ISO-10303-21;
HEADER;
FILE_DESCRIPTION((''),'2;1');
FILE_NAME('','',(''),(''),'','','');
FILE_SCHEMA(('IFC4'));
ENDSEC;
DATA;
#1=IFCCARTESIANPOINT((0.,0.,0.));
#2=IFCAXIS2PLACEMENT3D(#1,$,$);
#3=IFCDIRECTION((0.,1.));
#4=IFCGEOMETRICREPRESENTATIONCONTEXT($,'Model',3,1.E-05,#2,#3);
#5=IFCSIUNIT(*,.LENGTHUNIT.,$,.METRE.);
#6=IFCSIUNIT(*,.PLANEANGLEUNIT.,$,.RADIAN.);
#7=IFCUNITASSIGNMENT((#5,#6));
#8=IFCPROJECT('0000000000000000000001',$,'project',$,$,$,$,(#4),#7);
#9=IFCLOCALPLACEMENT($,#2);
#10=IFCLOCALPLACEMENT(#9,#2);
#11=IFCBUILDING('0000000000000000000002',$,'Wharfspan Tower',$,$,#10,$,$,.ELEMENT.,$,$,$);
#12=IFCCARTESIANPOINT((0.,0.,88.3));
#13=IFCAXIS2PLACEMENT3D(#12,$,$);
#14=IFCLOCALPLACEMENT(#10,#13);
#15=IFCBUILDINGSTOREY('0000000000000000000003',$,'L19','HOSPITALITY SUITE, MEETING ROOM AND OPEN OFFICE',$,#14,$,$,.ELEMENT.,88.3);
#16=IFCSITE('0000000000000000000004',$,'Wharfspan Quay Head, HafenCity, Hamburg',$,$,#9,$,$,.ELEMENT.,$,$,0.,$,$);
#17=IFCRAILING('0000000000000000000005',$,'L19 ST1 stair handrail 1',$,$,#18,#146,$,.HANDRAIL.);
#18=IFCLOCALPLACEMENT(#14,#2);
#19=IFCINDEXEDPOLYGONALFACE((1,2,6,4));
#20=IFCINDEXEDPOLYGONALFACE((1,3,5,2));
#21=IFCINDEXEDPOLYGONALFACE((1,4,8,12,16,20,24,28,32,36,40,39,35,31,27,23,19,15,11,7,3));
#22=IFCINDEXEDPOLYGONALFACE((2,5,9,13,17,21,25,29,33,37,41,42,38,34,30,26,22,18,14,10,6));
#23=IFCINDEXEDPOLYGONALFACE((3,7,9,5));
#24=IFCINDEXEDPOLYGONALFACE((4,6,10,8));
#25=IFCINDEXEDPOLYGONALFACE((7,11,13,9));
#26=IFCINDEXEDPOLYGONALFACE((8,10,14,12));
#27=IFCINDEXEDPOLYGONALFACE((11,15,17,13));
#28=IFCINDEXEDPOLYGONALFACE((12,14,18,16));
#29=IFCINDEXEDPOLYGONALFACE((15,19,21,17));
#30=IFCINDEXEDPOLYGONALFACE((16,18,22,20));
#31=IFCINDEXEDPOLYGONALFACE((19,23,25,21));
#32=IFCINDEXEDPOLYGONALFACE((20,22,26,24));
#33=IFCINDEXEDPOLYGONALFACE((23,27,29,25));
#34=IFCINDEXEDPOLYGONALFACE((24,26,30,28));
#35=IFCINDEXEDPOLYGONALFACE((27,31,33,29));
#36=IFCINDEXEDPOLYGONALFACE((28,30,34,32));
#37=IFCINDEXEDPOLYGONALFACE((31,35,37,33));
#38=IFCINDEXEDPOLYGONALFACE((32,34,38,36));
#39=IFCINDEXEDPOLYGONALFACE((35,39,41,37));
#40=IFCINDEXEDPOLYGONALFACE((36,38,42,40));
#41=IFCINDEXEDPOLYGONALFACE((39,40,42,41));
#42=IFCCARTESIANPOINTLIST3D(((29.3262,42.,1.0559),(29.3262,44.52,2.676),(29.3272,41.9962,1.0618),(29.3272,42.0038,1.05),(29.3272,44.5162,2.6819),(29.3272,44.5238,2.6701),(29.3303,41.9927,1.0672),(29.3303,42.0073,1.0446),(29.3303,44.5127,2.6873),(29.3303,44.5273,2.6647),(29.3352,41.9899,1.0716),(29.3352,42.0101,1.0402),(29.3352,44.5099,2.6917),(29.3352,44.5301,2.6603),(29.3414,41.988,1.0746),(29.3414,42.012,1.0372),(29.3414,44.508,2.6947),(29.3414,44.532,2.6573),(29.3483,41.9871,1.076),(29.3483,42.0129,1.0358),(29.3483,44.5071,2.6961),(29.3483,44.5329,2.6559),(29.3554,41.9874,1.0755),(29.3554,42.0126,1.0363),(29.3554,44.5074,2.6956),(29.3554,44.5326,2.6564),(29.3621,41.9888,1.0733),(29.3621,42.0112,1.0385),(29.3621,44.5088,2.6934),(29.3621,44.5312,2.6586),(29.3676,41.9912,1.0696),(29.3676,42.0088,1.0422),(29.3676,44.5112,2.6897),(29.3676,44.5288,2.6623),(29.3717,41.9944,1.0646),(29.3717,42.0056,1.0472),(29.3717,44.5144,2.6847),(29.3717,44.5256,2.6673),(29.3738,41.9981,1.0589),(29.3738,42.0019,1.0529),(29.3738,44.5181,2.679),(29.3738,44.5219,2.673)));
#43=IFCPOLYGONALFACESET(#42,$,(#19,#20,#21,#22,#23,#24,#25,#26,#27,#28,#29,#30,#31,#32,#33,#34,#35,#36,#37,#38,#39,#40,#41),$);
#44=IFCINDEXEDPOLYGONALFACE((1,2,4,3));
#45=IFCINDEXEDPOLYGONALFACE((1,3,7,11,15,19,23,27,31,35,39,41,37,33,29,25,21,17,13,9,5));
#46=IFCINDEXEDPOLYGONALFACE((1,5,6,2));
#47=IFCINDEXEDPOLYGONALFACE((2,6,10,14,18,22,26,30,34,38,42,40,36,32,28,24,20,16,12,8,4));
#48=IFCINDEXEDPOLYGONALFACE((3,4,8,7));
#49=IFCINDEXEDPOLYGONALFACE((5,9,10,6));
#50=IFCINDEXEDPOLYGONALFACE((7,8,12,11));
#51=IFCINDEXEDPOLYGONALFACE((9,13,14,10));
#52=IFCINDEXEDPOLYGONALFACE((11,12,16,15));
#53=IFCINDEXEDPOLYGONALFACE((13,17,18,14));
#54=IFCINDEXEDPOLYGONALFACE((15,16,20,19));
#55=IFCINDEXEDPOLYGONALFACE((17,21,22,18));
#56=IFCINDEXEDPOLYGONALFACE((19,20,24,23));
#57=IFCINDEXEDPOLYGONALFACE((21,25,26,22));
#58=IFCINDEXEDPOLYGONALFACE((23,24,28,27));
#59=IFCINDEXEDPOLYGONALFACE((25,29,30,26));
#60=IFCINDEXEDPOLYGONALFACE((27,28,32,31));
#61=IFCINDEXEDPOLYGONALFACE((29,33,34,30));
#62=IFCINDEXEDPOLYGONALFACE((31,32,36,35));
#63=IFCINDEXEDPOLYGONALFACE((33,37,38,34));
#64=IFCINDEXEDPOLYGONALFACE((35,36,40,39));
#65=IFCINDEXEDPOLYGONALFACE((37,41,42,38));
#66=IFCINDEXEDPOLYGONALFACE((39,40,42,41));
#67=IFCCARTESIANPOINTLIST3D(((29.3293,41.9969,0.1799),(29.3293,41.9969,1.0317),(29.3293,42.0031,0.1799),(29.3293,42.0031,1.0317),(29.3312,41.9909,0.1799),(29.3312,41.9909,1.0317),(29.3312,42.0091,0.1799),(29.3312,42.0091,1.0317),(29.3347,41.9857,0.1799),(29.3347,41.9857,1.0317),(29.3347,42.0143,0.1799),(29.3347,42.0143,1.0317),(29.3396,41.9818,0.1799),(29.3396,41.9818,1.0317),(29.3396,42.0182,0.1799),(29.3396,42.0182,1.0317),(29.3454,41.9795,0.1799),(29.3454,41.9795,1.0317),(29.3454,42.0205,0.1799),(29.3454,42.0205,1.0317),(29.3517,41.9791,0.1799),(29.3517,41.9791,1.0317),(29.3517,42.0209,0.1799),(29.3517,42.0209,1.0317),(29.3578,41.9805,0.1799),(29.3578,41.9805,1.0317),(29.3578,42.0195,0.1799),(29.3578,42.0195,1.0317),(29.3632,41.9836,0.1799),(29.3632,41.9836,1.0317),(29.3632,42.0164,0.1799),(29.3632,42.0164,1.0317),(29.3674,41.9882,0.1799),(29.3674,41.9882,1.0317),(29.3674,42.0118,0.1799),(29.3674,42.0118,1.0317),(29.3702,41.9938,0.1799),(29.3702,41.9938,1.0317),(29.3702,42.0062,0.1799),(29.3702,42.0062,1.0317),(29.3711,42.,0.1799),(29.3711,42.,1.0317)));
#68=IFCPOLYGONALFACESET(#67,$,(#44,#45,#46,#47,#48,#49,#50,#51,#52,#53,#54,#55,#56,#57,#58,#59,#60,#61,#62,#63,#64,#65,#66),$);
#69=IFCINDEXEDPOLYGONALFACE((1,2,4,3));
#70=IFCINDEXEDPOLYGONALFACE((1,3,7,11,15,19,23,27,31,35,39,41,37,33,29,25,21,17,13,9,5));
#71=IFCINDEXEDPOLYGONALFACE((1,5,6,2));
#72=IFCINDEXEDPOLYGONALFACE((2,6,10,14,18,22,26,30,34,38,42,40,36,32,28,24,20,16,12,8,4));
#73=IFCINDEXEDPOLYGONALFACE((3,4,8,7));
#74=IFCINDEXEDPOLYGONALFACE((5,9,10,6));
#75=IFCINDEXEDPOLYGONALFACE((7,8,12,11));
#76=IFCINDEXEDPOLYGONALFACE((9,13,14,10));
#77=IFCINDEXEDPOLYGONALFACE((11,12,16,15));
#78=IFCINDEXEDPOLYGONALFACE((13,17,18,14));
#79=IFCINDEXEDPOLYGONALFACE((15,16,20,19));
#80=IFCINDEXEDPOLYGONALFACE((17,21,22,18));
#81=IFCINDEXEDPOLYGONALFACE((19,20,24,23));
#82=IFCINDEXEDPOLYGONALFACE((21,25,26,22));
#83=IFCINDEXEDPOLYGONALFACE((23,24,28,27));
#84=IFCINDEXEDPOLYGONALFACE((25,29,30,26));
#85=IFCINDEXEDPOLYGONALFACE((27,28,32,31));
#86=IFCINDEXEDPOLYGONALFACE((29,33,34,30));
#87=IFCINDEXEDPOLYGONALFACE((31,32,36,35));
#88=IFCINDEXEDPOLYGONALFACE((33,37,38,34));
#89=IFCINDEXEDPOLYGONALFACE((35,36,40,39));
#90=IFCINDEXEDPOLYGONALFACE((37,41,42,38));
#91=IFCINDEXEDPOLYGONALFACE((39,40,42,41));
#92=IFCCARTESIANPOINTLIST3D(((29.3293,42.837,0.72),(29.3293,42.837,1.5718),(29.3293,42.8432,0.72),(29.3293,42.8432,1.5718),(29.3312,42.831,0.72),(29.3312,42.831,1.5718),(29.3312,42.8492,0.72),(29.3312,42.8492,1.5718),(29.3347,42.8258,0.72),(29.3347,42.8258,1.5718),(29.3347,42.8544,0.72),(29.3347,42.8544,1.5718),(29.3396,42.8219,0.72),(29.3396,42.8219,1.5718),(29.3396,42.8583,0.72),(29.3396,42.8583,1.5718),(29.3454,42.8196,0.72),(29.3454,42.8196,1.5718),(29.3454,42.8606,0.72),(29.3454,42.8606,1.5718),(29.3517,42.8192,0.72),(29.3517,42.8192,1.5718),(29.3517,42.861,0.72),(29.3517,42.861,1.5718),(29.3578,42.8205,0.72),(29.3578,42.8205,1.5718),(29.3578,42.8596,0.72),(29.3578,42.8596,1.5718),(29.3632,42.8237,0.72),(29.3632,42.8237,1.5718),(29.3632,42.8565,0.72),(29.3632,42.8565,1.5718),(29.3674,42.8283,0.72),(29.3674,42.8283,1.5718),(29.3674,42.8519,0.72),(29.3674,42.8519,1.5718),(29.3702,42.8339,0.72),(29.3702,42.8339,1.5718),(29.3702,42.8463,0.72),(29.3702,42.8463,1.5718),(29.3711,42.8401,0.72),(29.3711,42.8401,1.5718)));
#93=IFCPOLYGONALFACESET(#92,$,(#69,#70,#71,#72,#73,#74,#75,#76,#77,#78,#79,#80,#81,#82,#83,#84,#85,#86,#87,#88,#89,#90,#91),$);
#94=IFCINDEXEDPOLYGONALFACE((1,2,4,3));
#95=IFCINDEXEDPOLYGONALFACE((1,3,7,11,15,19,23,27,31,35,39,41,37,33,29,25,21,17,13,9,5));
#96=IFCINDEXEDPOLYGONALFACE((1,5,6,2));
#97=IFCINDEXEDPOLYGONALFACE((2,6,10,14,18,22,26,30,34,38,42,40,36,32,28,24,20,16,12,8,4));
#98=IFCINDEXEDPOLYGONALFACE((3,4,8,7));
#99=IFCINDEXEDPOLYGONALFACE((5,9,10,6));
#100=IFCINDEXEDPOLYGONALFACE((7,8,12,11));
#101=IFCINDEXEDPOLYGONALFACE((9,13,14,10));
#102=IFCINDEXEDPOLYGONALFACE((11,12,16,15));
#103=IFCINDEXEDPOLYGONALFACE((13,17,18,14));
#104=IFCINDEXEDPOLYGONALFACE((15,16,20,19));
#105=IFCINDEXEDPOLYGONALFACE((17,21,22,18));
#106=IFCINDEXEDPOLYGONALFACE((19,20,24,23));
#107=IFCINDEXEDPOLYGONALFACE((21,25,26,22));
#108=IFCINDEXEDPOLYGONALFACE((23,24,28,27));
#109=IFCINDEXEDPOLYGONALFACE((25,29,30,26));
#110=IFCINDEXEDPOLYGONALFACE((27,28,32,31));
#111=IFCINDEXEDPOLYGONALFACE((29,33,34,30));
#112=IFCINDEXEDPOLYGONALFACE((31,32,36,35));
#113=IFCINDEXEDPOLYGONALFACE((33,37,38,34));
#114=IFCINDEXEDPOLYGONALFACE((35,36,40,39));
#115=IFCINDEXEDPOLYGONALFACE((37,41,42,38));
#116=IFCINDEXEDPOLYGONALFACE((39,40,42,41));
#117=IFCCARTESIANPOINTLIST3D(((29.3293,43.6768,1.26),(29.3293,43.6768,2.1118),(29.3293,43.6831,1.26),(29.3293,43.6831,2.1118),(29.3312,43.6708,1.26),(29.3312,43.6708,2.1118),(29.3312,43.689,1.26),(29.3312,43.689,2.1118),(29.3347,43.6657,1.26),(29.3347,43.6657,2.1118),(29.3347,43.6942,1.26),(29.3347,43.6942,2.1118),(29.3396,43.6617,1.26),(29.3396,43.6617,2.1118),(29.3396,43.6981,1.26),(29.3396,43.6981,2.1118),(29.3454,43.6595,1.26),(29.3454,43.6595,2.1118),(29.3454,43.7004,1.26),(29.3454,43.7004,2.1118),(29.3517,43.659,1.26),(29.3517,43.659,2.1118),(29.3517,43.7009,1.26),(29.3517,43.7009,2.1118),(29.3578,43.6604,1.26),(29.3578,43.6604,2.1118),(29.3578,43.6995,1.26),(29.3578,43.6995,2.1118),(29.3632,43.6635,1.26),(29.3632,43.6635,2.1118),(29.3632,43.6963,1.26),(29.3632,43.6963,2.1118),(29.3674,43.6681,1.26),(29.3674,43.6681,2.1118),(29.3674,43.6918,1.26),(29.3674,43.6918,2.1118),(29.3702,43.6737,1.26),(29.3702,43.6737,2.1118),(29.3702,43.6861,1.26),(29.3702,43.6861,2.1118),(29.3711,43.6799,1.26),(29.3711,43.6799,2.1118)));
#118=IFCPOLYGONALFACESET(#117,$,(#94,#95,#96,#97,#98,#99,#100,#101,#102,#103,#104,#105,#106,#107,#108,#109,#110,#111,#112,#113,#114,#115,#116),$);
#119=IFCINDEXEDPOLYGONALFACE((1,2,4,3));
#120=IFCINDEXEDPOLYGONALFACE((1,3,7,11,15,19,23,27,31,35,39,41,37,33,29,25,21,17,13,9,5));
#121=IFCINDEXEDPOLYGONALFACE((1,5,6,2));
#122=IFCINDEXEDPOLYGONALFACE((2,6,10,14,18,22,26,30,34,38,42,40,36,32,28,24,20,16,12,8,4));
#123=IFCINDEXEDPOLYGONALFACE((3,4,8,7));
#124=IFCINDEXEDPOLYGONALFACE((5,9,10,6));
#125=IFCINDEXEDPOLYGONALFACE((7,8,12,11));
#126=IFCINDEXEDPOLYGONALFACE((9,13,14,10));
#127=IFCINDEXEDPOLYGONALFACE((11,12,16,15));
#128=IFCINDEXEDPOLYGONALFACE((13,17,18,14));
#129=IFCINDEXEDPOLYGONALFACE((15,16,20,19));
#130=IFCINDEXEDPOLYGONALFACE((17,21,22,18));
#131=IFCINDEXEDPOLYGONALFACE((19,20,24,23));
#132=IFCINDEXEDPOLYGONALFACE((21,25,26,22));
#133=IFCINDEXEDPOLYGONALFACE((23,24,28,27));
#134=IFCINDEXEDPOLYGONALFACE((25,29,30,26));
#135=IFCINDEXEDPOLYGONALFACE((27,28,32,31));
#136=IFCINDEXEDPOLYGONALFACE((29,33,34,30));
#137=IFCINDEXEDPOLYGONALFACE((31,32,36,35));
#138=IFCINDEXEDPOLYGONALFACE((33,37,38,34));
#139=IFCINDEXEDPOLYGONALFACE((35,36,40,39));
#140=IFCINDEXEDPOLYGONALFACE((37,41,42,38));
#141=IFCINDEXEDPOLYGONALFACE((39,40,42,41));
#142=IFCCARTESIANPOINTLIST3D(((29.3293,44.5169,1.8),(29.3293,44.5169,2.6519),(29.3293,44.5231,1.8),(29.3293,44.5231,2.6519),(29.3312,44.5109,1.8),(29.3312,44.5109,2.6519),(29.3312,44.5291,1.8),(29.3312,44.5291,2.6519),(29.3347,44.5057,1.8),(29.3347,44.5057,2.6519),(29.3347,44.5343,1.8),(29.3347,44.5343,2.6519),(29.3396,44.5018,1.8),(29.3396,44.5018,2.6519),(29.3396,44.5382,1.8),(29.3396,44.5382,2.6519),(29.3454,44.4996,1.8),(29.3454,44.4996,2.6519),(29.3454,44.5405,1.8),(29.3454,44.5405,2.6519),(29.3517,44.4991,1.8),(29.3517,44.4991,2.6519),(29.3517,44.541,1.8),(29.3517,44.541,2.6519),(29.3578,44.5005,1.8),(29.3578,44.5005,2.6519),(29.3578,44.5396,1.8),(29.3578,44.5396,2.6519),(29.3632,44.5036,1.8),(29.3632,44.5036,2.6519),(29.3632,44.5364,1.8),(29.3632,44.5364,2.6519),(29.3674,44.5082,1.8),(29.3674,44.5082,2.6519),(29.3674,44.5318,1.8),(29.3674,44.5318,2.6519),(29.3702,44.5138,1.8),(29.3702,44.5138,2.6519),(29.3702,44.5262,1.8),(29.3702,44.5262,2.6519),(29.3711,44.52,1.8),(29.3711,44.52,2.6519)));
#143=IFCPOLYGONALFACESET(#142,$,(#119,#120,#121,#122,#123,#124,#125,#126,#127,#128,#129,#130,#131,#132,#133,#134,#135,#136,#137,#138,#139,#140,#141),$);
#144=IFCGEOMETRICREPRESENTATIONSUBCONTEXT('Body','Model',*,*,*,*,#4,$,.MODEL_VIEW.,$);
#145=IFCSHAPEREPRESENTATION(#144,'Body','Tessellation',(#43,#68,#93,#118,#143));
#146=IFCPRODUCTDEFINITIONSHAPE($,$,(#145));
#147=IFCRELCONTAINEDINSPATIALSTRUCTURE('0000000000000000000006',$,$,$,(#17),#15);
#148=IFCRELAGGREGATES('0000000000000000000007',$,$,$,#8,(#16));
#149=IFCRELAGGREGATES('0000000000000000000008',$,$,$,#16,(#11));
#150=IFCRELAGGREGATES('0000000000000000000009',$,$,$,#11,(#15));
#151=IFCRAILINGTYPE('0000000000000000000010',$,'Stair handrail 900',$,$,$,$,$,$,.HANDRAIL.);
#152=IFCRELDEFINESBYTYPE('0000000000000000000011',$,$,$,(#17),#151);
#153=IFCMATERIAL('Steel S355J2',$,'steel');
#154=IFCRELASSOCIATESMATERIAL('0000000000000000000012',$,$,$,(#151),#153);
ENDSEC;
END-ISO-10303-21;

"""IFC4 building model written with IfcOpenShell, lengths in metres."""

from ifc_helpers import new_model, si_unit, direction, frame, origin, origin_2d, place, context, subcontext, project, spatial, circle, extrude, material, type_object, element, save


model = new_model("IFC4")

# Units and contexts
model_context = context("Model", 3, precision=1e-05, world=origin(), true_north=direction((0.0, 1.0)))
body_context = subcontext(model_context, "Body", "Model", "MODEL_VIEW")
ifc_project = project(units=[si_unit("LENGTHUNIT", "METRE"), si_unit("PLANEANGLEUNIT", "RADIAN")], contexts=[model_context])

# Site, building, storey
site_placement = place(None, origin())
site = spatial("IfcSite", under=ifc_project, at=site_placement, Name="Wharfspan Quay Head, HafenCity, Hamburg", CompositionType="ELEMENT", RefElevation=0.0)
building_placement = place(site_placement, origin())
building = spatial("IfcBuilding", under=site, at=building_placement, Name="Wharfspan Tower", CompositionType="ELEMENT")
storey_placement = place(building_placement, frame((0.0, 0.0, 88.3)))
storey = spatial("IfcBuildingStorey", under=building, at=storey_placement, Name="L19", Description="HOSPITALITY SUITE, MEETING ROOM AND OPEN OFFICE", CompositionType="ELEMENT", Elevation=88.3)

# Shared definitions
ifc_material_1 = material(Name="Steel S355J2", Category="steel")

# Railing
railing_type_1 = type_object("IfcRailingType", Name="Stair handrail 900", PredefinedType="HANDRAIL", material=ifc_material_1)
railing_1_placement = place(storey_placement, frame((29.3501, 42.0, 0.1799)))
element("IfcRailing", 1, at=railing_1_placement, inside=storey, type_object=railing_type_1, Name="L19 ST1 stair handrail 1", PredefinedType="HANDRAIL", context=body_context, shape_type="SweptSolid", body=[
    extrude(circle(Radius=0.0239, at=origin_2d()), frame((0.0, 0.0, 0.876), z_axis=(0.0, 0.841163, 0.540782), x_axis=(-1.0, 0.0, 0.0)), (0.0, 0.0, 1.0), 2.9958),
    extrude(circle(Radius=0.021, at=origin_2d()), origin(), (0.0, 0.0, 1.0), 0.8518),
    extrude(circle(Radius=0.021, at=origin_2d()), frame((0.0, 0.8401, 0.54)), (0.0, 0.0, 1.0), 0.8518),
    extrude(circle(Radius=0.021, at=origin_2d()), frame((0.0, 1.6799, 1.0801)), (0.0, 0.0, 1.0), 0.8518),
    extrude(circle(Radius=0.021, at=origin_2d()), frame((0.0, 2.52, 1.6201)), (0.0, 0.0, 1.0), 0.8518),
])

save(model, "model.ifc")
